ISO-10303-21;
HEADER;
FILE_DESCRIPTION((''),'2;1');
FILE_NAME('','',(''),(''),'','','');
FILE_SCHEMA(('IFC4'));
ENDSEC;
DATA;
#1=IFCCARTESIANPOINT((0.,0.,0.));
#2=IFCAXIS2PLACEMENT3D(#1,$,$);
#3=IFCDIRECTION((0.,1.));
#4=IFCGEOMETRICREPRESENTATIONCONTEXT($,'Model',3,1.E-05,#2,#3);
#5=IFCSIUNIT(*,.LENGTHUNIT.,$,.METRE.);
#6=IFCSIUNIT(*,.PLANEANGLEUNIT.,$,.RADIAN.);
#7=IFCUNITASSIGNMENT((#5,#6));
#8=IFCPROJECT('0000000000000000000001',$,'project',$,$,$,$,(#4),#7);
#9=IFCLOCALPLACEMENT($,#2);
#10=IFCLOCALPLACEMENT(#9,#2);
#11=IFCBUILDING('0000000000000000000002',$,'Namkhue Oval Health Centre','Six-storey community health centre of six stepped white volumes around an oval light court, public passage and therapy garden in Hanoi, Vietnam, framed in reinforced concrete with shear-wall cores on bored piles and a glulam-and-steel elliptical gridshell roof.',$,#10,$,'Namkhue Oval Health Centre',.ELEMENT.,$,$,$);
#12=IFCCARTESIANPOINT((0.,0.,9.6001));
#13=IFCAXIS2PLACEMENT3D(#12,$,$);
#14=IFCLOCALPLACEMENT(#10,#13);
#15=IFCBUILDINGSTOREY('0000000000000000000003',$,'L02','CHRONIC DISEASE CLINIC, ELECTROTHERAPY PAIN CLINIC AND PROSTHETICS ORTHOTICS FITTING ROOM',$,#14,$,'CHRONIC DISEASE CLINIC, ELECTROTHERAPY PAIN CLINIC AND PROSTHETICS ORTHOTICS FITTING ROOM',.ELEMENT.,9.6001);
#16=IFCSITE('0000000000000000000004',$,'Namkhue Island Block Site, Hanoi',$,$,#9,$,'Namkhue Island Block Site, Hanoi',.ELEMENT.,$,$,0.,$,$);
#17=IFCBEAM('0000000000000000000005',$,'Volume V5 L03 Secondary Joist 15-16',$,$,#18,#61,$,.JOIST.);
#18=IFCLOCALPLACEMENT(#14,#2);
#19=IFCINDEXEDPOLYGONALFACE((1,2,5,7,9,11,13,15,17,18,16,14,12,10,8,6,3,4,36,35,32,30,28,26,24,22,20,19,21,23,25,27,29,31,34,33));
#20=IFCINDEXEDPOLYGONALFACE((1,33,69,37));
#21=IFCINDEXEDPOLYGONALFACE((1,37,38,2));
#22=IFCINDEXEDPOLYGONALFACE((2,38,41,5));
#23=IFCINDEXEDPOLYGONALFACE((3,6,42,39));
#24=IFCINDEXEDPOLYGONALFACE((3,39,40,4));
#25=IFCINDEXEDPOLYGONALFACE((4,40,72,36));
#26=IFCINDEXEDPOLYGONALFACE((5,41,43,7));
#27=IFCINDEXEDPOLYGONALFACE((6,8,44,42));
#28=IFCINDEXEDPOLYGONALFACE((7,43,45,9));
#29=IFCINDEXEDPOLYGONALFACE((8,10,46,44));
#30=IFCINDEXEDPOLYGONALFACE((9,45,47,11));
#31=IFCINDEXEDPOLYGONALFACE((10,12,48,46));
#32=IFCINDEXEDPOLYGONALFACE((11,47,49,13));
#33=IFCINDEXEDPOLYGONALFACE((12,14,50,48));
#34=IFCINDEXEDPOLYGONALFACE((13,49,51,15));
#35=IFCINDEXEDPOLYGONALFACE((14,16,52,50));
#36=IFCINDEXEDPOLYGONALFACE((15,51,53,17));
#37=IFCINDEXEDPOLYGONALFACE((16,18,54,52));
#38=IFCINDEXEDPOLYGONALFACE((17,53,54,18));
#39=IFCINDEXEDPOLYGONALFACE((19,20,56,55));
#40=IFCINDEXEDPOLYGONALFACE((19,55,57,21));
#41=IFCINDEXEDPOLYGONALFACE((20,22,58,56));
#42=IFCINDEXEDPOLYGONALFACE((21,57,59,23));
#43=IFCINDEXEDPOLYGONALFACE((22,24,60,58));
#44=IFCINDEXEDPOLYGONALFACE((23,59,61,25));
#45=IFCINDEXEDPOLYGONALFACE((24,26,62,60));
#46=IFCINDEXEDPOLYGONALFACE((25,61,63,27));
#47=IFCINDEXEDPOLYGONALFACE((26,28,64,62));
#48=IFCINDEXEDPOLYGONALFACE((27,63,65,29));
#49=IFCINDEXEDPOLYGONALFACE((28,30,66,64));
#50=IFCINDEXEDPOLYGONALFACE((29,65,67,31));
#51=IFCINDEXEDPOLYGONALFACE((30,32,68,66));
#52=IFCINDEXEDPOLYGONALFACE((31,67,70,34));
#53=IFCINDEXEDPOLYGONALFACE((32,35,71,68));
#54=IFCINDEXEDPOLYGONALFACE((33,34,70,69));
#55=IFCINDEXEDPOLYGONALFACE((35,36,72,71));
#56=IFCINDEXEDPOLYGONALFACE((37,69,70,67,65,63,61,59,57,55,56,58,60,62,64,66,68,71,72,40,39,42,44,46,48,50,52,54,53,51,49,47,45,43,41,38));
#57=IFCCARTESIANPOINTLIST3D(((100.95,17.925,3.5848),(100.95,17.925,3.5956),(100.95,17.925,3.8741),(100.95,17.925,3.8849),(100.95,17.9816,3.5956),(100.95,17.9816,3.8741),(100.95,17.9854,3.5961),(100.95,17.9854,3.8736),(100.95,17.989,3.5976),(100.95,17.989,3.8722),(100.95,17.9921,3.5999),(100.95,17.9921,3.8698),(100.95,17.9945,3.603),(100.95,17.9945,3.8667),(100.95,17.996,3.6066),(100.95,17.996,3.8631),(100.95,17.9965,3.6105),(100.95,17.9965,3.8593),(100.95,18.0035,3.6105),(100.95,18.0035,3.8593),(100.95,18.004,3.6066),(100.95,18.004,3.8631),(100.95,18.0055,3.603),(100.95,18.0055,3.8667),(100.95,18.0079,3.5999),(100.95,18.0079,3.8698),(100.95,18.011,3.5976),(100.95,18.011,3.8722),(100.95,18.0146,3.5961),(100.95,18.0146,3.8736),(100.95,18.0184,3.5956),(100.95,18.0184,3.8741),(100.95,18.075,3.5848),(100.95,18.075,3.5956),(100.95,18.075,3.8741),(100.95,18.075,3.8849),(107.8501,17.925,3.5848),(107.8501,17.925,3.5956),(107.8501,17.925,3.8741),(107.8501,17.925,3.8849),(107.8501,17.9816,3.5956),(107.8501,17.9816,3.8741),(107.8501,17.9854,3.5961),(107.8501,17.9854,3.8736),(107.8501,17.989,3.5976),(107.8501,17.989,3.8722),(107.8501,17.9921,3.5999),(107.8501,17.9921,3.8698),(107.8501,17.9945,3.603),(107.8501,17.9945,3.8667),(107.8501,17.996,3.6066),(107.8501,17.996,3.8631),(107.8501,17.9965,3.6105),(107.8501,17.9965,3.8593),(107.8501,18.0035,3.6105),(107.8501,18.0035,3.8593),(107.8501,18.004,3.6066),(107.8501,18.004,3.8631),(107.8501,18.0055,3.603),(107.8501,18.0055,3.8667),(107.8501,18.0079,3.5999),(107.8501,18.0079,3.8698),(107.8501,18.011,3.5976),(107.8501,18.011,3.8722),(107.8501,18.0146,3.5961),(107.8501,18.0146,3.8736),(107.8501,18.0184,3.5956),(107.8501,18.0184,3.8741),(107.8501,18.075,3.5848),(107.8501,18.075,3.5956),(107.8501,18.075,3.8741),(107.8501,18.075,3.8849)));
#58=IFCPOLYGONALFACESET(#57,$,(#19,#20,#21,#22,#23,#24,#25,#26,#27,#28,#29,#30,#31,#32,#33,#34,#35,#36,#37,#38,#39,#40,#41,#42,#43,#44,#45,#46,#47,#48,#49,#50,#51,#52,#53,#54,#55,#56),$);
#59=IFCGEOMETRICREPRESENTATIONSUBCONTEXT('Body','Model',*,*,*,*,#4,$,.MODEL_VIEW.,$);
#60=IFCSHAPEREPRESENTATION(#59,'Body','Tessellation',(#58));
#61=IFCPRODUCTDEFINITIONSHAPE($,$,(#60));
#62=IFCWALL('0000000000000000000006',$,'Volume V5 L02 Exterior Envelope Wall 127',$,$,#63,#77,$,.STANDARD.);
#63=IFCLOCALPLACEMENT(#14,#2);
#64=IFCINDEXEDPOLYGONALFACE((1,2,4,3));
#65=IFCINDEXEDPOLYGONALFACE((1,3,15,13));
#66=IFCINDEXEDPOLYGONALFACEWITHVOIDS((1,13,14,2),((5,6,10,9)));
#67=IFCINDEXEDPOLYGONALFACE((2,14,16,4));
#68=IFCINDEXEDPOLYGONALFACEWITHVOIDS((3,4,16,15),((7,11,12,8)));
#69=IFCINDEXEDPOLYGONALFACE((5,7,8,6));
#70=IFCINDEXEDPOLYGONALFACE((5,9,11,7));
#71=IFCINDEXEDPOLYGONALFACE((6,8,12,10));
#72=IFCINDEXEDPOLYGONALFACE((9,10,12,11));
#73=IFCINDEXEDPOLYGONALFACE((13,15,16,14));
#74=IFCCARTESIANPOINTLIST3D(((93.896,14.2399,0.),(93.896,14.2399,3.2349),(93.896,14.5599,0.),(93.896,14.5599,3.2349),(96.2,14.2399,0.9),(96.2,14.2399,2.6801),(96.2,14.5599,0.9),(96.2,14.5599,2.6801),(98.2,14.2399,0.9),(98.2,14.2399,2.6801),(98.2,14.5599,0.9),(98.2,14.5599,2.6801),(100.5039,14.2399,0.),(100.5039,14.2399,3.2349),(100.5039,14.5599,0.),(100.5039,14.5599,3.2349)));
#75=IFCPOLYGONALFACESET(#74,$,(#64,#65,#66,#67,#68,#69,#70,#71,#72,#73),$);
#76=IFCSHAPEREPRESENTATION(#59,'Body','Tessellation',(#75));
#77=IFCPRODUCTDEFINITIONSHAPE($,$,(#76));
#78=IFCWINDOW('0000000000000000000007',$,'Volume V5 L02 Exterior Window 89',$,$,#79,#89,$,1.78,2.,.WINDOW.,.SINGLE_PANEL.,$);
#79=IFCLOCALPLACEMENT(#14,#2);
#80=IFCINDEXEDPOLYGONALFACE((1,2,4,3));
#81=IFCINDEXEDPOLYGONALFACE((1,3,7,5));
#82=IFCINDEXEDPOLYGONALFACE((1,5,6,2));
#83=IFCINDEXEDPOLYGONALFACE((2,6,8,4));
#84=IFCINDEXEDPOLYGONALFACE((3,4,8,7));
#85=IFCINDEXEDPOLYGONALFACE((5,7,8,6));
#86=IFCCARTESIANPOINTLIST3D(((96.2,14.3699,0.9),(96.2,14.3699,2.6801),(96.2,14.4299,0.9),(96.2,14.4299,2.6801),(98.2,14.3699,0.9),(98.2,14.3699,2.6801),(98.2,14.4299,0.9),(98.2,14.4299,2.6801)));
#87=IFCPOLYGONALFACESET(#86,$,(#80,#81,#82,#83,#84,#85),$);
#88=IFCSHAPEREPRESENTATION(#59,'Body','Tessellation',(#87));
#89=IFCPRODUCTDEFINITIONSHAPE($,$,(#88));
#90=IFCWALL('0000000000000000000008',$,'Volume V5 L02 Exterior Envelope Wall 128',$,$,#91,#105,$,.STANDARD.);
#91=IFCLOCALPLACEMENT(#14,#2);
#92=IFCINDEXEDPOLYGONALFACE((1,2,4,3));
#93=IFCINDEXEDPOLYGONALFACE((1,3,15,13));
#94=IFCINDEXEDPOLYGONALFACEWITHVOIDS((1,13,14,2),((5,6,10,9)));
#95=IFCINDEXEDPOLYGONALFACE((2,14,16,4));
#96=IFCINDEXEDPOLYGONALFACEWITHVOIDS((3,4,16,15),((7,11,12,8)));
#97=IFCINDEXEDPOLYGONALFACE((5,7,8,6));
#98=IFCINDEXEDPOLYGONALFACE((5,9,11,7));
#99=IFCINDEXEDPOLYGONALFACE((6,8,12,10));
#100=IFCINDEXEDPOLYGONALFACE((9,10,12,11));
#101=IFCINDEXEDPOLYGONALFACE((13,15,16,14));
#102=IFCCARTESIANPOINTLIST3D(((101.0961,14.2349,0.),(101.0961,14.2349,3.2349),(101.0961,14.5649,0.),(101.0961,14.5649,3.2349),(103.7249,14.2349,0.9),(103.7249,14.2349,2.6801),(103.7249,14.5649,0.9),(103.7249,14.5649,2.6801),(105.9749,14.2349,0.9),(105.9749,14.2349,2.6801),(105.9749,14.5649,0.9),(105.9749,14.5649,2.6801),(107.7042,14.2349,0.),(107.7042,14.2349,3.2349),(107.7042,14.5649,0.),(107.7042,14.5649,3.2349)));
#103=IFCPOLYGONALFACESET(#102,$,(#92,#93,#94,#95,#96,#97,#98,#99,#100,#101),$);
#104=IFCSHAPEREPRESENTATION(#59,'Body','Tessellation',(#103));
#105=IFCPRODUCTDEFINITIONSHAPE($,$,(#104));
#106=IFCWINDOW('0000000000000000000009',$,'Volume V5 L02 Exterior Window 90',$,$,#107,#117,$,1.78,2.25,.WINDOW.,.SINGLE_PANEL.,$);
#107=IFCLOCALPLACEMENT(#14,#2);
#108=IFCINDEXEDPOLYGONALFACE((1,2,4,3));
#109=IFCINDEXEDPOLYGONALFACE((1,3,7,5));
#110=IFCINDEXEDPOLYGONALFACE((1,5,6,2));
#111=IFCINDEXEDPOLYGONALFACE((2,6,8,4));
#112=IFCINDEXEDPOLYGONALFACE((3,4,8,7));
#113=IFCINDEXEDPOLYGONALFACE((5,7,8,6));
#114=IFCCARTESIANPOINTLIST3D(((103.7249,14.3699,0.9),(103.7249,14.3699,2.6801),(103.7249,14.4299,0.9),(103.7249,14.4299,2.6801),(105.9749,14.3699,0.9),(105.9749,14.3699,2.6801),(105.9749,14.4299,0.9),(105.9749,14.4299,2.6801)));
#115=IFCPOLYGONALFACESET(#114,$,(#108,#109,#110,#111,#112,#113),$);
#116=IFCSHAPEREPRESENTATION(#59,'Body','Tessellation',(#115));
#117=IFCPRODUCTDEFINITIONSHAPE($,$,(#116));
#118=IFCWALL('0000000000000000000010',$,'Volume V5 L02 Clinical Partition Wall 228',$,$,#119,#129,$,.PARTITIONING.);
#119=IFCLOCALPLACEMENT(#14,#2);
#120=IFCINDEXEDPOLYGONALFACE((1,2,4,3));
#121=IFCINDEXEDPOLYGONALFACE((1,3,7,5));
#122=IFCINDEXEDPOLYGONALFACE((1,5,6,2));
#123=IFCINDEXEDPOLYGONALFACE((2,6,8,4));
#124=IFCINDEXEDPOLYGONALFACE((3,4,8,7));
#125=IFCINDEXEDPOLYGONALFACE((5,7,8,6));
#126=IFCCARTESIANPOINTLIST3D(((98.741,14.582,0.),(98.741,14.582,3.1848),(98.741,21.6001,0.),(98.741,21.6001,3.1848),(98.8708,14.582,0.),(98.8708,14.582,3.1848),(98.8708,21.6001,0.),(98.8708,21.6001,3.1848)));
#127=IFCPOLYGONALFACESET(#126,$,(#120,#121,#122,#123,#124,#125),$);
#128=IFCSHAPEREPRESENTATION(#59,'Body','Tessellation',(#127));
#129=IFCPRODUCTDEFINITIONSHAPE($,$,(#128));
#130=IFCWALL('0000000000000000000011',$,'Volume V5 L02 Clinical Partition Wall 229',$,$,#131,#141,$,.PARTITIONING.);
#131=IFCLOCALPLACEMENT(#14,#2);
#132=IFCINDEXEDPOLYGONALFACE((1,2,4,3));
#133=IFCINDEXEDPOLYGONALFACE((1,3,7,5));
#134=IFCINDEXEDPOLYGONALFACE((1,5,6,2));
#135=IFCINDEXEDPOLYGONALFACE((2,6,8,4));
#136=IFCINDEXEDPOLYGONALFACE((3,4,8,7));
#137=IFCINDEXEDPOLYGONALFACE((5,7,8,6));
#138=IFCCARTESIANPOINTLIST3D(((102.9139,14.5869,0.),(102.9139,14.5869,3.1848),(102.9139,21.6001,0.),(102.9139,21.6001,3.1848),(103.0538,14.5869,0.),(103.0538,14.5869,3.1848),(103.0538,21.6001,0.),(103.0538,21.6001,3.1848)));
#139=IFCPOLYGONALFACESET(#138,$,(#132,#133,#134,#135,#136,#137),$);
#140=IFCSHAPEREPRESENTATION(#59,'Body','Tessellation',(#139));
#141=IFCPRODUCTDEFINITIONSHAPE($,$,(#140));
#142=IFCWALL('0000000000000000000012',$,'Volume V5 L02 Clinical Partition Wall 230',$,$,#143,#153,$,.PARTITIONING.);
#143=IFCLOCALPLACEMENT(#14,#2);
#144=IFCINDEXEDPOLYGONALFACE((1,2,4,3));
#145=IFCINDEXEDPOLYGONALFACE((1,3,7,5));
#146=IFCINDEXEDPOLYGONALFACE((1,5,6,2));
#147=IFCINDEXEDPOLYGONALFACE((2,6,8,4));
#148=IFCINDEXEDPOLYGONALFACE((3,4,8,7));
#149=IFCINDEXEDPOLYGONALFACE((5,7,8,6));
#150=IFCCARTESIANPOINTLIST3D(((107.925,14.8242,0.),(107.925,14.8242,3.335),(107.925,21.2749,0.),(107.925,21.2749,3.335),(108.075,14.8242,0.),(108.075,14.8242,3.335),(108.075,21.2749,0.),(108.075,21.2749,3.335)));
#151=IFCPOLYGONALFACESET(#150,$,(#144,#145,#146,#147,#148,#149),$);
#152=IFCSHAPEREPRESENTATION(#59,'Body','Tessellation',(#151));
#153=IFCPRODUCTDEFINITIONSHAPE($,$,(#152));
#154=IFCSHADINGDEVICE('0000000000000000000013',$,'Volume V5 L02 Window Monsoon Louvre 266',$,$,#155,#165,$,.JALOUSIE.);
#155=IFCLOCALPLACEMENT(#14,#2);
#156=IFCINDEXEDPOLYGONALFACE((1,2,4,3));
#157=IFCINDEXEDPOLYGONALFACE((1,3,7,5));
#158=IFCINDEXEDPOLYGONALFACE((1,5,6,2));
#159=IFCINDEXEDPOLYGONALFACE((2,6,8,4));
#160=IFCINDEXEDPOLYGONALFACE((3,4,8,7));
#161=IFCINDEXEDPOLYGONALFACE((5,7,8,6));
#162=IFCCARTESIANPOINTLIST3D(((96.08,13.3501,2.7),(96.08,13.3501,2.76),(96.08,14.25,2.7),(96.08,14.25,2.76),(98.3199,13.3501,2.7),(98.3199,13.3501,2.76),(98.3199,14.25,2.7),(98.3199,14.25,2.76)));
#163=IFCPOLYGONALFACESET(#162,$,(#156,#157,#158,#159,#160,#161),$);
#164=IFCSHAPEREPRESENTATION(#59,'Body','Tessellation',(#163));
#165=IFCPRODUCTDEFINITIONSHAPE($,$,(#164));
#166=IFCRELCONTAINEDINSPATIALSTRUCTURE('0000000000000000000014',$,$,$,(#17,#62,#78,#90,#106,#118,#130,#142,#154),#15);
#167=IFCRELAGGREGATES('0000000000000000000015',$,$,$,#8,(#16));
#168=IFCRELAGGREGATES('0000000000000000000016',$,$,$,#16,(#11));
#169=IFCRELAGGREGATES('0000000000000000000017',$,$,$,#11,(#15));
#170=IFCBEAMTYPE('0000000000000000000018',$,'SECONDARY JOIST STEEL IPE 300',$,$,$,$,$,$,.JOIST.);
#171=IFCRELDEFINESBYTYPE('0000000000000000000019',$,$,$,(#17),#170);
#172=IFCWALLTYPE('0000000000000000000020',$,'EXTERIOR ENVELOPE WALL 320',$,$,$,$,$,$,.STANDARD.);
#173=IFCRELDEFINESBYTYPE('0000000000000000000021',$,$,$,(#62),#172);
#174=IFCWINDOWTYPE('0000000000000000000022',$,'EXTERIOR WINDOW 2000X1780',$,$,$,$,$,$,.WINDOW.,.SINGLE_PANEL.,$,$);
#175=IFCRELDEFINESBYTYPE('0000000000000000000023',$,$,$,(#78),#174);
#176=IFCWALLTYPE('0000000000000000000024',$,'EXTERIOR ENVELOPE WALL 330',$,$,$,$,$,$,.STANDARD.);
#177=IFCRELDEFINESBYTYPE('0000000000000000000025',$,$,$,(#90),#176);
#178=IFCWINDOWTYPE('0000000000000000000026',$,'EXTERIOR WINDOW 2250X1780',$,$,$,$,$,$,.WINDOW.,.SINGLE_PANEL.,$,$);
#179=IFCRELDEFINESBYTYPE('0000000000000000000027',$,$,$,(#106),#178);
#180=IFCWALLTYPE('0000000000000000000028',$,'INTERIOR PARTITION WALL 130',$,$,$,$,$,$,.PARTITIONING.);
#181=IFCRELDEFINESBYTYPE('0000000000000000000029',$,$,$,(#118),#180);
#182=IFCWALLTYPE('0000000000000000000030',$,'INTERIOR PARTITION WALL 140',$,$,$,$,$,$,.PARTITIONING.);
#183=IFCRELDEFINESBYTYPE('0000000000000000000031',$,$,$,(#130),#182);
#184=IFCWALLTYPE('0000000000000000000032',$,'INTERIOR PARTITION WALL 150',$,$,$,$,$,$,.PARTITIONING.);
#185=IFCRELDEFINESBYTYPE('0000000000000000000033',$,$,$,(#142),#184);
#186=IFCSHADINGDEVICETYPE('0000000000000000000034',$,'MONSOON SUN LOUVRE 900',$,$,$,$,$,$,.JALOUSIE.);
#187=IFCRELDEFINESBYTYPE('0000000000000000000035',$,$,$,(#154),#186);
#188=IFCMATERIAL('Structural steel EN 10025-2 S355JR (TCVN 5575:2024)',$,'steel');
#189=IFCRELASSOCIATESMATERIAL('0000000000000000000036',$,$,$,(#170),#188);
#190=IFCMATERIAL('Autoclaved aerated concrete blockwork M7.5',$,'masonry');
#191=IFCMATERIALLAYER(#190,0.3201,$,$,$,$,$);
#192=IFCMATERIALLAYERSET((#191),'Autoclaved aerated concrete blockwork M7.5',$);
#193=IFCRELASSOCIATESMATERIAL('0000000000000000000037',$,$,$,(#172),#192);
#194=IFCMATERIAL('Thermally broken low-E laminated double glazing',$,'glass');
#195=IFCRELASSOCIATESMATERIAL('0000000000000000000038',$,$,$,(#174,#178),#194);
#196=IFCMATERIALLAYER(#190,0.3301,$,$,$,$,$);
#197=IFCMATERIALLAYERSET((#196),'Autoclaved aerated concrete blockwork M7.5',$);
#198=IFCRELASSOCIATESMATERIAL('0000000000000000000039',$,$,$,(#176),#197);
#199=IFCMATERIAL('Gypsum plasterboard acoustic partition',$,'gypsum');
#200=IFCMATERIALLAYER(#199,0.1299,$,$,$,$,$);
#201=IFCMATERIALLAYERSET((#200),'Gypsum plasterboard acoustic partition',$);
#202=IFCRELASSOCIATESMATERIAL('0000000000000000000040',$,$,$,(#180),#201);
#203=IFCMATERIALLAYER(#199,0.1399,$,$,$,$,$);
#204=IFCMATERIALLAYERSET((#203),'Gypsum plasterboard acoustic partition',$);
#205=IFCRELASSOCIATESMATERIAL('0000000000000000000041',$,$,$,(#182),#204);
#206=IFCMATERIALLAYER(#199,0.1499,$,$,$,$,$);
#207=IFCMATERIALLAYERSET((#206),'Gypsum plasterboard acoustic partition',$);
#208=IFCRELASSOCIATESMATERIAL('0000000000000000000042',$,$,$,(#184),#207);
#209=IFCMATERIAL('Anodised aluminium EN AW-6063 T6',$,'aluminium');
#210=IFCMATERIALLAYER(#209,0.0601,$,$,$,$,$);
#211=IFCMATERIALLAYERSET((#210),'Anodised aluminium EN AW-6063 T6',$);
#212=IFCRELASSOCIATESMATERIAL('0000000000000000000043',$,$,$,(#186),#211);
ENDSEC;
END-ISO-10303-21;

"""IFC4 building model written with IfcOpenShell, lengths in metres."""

from ifc_helpers import new_model, si_unit, direction, frame, frame_2d, origin, origin_2d, place, context, subcontext, project, spatial, rectangle, i_section, extrude, material, layer, layer_set, material_profile, profile_set, type_object, element, fill, save


model = new_model("IFC4")

# Units and contexts
model_context = context("Model", 3, precision=1e-05, world=origin(), true_north=direction((0.0, 1.0)))
body_context = subcontext(model_context, "Body", "Model", "MODEL_VIEW")
ifc_project = project(units=[si_unit("LENGTHUNIT", "METRE"), si_unit("PLANEANGLEUNIT", "RADIAN")], contexts=[model_context])

# Site, building, storey
site_placement = place(None, origin())
site = spatial("IfcSite", under=ifc_project, at=site_placement, Name="Namkhue Island Block Site, Hanoi", LongName="Namkhue Island Block Site, Hanoi", CompositionType="ELEMENT", RefElevation=0.0)
building_placement = place(site_placement, origin())
building = spatial("IfcBuilding", under=site, at=building_placement, Name="Namkhue Oval Health Centre", Description="Six-storey community health centre of six stepped white volumes around an oval light court, public passage and therapy garden in Hanoi, Vietnam, framed in reinforced concrete with shear-wall cores on bored piles and a glulam-and-steel elliptical gridshell roof.", LongName="Namkhue Oval Health Centre", CompositionType="ELEMENT")
storey_placement = place(building_placement, frame((0.0, 0.0, 9.6001)))
storey = spatial("IfcBuildingStorey", under=building, at=storey_placement, Name="L02", Description="CHRONIC DISEASE CLINIC, ELECTROTHERAPY PAIN CLINIC AND PROSTHETICS ORTHOTICS FITTING ROOM", LongName="CHRONIC DISEASE CLINIC, ELECTROTHERAPY PAIN CLINIC AND PROSTHETICS ORTHOTICS FITTING ROOM", CompositionType="ELEMENT", Elevation=9.6001)

# Beam
ifc_material_1 = material(Name="Structural steel EN 10025-2 S355JR (TCVN 5575:2024)", Category="steel")
ifc_material_profile_1 = material_profile(ifc_material_1, i_section(OverallWidth=0.1499, OverallDepth=0.3, WebThickness=0.0071, FlangeThickness=0.0107, FilletRadius=0.0149, at=origin_2d()), Name="IPE 300")
ifc_profile_set_1 = profile_set([ifc_material_profile_1], Name="Structural steel EN 10025-2 S355JR (TCVN 5575:2024)")
beam_type_1 = type_object("IfcBeamType", Name="SECONDARY JOIST STEEL IPE 300", PredefinedType="JOIST", material=ifc_profile_set_1)
beam_1_placement = place(storey_placement, frame((100.95, 18.0, 3.7349), z_axis=(1.0, 0.0, 0.0), x_axis=(0.0, 1.0, 0.0)))
element("IfcBeam", 1, at=beam_1_placement, inside=storey, type_object=beam_type_1, Name="Volume V5 L03 Secondary Joist 15-16", PredefinedType="JOIST", context=body_context, shape_type="SweptSolid", body=[
    extrude(i_section(OverallWidth=0.1499, OverallDepth=0.3, WebThickness=0.0071, FlangeThickness=0.0107, FilletRadius=0.0149, at=origin_2d()), origin(), (0.0, 0.0, 1.0), 6.9001),
])

# Walls, openings, windows
ifc_material_2 = material(Name="Autoclaved aerated concrete blockwork M7.5", Category="masonry")
ifc_layer_1 = layer(ifc_material_2, 0.3201)
ifc_layer_set_1 = layer_set([ifc_layer_1], Name="Autoclaved aerated concrete blockwork M7.5")
wall_type_1 = type_object("IfcWallType", Name="EXTERIOR ENVELOPE WALL 320", PredefinedType="STANDARD", material=ifc_layer_set_1)
wall_1_placement = place(storey_placement, frame((93.896, 14.3999, 0.0), z_axis=(0.0, 0.0, 1.0), x_axis=(1.0, 0.0, 0.0)))
wall_1 = element("IfcWall", 2, at=wall_1_placement, inside=storey, type_object=wall_type_1, Name="Volume V5 L02 Exterior Envelope Wall 127", PredefinedType="STANDARD", context=body_context, shape_type="SweptSolid", body=[
    extrude(rectangle(XDim=6.6079, YDim=0.3201, at=frame_2d((3.304, 0.0))), origin(), (0.0, 0.0, 1.0), 3.2349),
])
opening_1_placement = place(wall_1_placement, frame((2.304, 0.0, 0.8999)))
opening_1 = element("IfcOpeningElement", 3, at=opening_1_placement, cuts=wall_1, PredefinedType="OPENING", context=body_context, shape_type="SweptSolid", body=[
    extrude(rectangle(XDim=2.0, YDim=1.78, at=frame_2d((1.0, 0.8901))), frame((0.0, 0.1699, 0.0), z_axis=(0.0, -1.0, 0.0), x_axis=(1.0, 0.0, 0.0)), (0.0, 0.0, 1.0), 0.3401),
])
ifc_material_3 = material(Name="Thermally broken low-E laminated double glazing", Category="glass")
window_type_1 = type_object("IfcWindowType", Name="EXTERIOR WINDOW 2000X1780", PartitioningType="SINGLE_PANEL", PredefinedType="WINDOW", material=ifc_material_3)
window_1_placement = place(opening_1_placement, origin())
window_1 = element("IfcWindow", 4, at=window_1_placement, inside=storey, type_object=window_type_1, Name="Volume V5 L02 Exterior Window 89", OverallHeight=1.78, OverallWidth=2.0, PartitioningType="SINGLE_PANEL", PredefinedType="WINDOW", context=body_context, shape_type="SweptSolid", body=[
    extrude(rectangle(XDim=2.0, YDim=1.78, at=frame_2d((1.0, 0.8901))), frame((0.0, 0.03, 0.0), z_axis=(0.0, -1.0, 0.0), x_axis=(1.0, 0.0, 0.0)), (0.0, 0.0, 1.0), 0.0601),
])
fill(opening_1, window_1)
ifc_layer_2 = layer(ifc_material_2, 0.3301)
ifc_layer_set_2 = layer_set([ifc_layer_2], Name="Autoclaved aerated concrete blockwork M7.5")
wall_type_2 = type_object("IfcWallType", Name="EXTERIOR ENVELOPE WALL 330", PredefinedType="STANDARD", material=ifc_layer_set_2)
wall_2_placement = place(storey_placement, frame((101.0959, 14.3999, 0.0), z_axis=(0.0, 0.0, 1.0), x_axis=(1.0, 0.0, 0.0)))
wall_2 = element("IfcWall", 5, at=wall_2_placement, inside=storey, type_object=wall_type_2, Name="Volume V5 L02 Exterior Envelope Wall 128", PredefinedType="STANDARD", context=body_context, shape_type="SweptSolid", body=[
    extrude(rectangle(XDim=6.6082, YDim=0.3301, at=frame_2d((3.3042, 0.0))), origin(), (0.0, 0.0, 1.0), 3.2349),
])
opening_2_placement = place(wall_2_placement, frame((2.6289, 0.0, 0.8999)))
opening_2 = element("IfcOpeningElement", 6, at=opening_2_placement, cuts=wall_2, PredefinedType="OPENING", context=body_context, shape_type="SweptSolid", body=[
    extrude(rectangle(XDim=2.25, YDim=1.78, at=frame_2d((1.125, 0.8901))), frame((0.0, 0.175, 0.0), z_axis=(0.0, -1.0, 0.0), x_axis=(1.0, 0.0, 0.0)), (0.0, 0.0, 1.0), 0.3501),
])
window_type_2 = type_object("IfcWindowType", Name="EXTERIOR WINDOW 2250X1780", PartitioningType="SINGLE_PANEL", PredefinedType="WINDOW", material=ifc_material_3)
window_2_placement = place(opening_2_placement, origin())
window_2 = element("IfcWindow", 7, at=window_2_placement, inside=storey, type_object=window_type_2, Name="Volume V5 L02 Exterior Window 90", OverallHeight=1.78, OverallWidth=2.25, PartitioningType="SINGLE_PANEL", PredefinedType="WINDOW", context=body_context, shape_type="SweptSolid", body=[
    extrude(rectangle(XDim=2.25, YDim=1.78, at=frame_2d((1.125, 0.8901))), frame((0.0, 0.03, 0.0), z_axis=(0.0, -1.0, 0.0), x_axis=(1.0, 0.0, 0.0)), (0.0, 0.0, 1.0), 0.0601),
])
fill(opening_2, window_2)

# Walls
ifc_material_4 = material(Name="Gypsum plasterboard acoustic partition", Category="gypsum")
ifc_layer_3 = layer(ifc_material_4, 0.1299)
ifc_layer_set_3 = layer_set([ifc_layer_3], Name="Gypsum plasterboard acoustic partition")
wall_type_3 = type_object("IfcWallType", Name="INTERIOR PARTITION WALL 130", PredefinedType="PARTITIONING", material=ifc_layer_set_3)
wall_3_placement = place(storey_placement, frame((98.8059, 14.582, 0.0), z_axis=(0.0, 0.0, 1.0), x_axis=(0.0, 1.0, 0.0)))
element("IfcWall", 8, at=wall_3_placement, inside=storey, type_object=wall_type_3, Name="Volume V5 L02 Clinical Partition Wall 228", PredefinedType="PARTITIONING", context=body_context, shape_type="SweptSolid", body=[
    extrude(rectangle(XDim=7.0181, YDim=0.1299, at=frame_2d((3.509, 0.0))), origin(), (0.0, 0.0, 1.0), 3.1848),
])
ifc_layer_4 = layer(ifc_material_4, 0.1399)
ifc_layer_set_4 = layer_set([ifc_layer_4], Name="Gypsum plasterboard acoustic partition")
wall_type_4 = type_object("IfcWallType", Name="INTERIOR PARTITION WALL 140", PredefinedType="PARTITIONING", material=ifc_layer_set_4)
wall_4_placement = place(storey_placement, frame((102.9839, 14.5869, 0.0), z_axis=(0.0, 0.0, 1.0), x_axis=(0.0, 1.0, 0.0)))
element("IfcWall", 9, at=wall_4_placement, inside=storey, type_object=wall_type_4, Name="Volume V5 L02 Clinical Partition Wall 229", PredefinedType="PARTITIONING", context=body_context, shape_type="SweptSolid", body=[
    extrude(rectangle(XDim=7.0132, YDim=0.1399, at=frame_2d((3.5066, 0.0))), origin(), (0.0, 0.0, 1.0), 3.1848),
])
ifc_layer_5 = layer(ifc_material_4, 0.1499)
ifc_layer_set_5 = layer_set([ifc_layer_5], Name="Gypsum plasterboard acoustic partition")
wall_type_5 = type_object("IfcWallType", Name="INTERIOR PARTITION WALL 150", PredefinedType="PARTITIONING", material=ifc_layer_set_5)
wall_5_placement = place(storey_placement, frame((108.0, 14.8242, 0.0), z_axis=(0.0, 0.0, 1.0), x_axis=(0.0, 1.0, 0.0)))
element("IfcWall", 10, at=wall_5_placement, inside=storey, type_object=wall_type_5, Name="Volume V5 L02 Clinical Partition Wall 230", PredefinedType="PARTITIONING", context=body_context, shape_type="SweptSolid", body=[
    extrude(rectangle(XDim=6.4507, YDim=0.1499, at=frame_2d((3.2253, 0.0))), origin(), (0.0, 0.0, 1.0), 3.335),
])

# Shading device
ifc_material_5 = material(Name="Anodised aluminium EN AW-6063 T6", Category="aluminium")
ifc_layer_6 = layer(ifc_material_5, 0.0601)
ifc_layer_set_6 = layer_set([ifc_layer_6], Name="Anodised aluminium EN AW-6063 T6")
shading_device_type_1 = type_object("IfcShadingDeviceType", Name="MONSOON SUN LOUVRE 900", PredefinedType="JALOUSIE", material=ifc_layer_set_6)
shading_device_1_placement = place(storey_placement, frame((97.2, 13.8, 2.7), z_axis=(0.0, 0.0, 1.0), x_axis=(1.0, 0.0, 0.0)))
element("IfcShadingDevice", 11, at=shading_device_1_placement, inside=storey, type_object=shading_device_type_1, Name="Volume V5 L02 Window Monsoon Louvre 266", PredefinedType="JALOUSIE", context=body_context, shape_type="SweptSolid", body=[
    extrude(rectangle(XDim=2.24, YDim=0.8999, at=origin_2d()), origin(), (0.0, 0.0, 1.0), 0.0601),
])

save(model, "model.ifc")
